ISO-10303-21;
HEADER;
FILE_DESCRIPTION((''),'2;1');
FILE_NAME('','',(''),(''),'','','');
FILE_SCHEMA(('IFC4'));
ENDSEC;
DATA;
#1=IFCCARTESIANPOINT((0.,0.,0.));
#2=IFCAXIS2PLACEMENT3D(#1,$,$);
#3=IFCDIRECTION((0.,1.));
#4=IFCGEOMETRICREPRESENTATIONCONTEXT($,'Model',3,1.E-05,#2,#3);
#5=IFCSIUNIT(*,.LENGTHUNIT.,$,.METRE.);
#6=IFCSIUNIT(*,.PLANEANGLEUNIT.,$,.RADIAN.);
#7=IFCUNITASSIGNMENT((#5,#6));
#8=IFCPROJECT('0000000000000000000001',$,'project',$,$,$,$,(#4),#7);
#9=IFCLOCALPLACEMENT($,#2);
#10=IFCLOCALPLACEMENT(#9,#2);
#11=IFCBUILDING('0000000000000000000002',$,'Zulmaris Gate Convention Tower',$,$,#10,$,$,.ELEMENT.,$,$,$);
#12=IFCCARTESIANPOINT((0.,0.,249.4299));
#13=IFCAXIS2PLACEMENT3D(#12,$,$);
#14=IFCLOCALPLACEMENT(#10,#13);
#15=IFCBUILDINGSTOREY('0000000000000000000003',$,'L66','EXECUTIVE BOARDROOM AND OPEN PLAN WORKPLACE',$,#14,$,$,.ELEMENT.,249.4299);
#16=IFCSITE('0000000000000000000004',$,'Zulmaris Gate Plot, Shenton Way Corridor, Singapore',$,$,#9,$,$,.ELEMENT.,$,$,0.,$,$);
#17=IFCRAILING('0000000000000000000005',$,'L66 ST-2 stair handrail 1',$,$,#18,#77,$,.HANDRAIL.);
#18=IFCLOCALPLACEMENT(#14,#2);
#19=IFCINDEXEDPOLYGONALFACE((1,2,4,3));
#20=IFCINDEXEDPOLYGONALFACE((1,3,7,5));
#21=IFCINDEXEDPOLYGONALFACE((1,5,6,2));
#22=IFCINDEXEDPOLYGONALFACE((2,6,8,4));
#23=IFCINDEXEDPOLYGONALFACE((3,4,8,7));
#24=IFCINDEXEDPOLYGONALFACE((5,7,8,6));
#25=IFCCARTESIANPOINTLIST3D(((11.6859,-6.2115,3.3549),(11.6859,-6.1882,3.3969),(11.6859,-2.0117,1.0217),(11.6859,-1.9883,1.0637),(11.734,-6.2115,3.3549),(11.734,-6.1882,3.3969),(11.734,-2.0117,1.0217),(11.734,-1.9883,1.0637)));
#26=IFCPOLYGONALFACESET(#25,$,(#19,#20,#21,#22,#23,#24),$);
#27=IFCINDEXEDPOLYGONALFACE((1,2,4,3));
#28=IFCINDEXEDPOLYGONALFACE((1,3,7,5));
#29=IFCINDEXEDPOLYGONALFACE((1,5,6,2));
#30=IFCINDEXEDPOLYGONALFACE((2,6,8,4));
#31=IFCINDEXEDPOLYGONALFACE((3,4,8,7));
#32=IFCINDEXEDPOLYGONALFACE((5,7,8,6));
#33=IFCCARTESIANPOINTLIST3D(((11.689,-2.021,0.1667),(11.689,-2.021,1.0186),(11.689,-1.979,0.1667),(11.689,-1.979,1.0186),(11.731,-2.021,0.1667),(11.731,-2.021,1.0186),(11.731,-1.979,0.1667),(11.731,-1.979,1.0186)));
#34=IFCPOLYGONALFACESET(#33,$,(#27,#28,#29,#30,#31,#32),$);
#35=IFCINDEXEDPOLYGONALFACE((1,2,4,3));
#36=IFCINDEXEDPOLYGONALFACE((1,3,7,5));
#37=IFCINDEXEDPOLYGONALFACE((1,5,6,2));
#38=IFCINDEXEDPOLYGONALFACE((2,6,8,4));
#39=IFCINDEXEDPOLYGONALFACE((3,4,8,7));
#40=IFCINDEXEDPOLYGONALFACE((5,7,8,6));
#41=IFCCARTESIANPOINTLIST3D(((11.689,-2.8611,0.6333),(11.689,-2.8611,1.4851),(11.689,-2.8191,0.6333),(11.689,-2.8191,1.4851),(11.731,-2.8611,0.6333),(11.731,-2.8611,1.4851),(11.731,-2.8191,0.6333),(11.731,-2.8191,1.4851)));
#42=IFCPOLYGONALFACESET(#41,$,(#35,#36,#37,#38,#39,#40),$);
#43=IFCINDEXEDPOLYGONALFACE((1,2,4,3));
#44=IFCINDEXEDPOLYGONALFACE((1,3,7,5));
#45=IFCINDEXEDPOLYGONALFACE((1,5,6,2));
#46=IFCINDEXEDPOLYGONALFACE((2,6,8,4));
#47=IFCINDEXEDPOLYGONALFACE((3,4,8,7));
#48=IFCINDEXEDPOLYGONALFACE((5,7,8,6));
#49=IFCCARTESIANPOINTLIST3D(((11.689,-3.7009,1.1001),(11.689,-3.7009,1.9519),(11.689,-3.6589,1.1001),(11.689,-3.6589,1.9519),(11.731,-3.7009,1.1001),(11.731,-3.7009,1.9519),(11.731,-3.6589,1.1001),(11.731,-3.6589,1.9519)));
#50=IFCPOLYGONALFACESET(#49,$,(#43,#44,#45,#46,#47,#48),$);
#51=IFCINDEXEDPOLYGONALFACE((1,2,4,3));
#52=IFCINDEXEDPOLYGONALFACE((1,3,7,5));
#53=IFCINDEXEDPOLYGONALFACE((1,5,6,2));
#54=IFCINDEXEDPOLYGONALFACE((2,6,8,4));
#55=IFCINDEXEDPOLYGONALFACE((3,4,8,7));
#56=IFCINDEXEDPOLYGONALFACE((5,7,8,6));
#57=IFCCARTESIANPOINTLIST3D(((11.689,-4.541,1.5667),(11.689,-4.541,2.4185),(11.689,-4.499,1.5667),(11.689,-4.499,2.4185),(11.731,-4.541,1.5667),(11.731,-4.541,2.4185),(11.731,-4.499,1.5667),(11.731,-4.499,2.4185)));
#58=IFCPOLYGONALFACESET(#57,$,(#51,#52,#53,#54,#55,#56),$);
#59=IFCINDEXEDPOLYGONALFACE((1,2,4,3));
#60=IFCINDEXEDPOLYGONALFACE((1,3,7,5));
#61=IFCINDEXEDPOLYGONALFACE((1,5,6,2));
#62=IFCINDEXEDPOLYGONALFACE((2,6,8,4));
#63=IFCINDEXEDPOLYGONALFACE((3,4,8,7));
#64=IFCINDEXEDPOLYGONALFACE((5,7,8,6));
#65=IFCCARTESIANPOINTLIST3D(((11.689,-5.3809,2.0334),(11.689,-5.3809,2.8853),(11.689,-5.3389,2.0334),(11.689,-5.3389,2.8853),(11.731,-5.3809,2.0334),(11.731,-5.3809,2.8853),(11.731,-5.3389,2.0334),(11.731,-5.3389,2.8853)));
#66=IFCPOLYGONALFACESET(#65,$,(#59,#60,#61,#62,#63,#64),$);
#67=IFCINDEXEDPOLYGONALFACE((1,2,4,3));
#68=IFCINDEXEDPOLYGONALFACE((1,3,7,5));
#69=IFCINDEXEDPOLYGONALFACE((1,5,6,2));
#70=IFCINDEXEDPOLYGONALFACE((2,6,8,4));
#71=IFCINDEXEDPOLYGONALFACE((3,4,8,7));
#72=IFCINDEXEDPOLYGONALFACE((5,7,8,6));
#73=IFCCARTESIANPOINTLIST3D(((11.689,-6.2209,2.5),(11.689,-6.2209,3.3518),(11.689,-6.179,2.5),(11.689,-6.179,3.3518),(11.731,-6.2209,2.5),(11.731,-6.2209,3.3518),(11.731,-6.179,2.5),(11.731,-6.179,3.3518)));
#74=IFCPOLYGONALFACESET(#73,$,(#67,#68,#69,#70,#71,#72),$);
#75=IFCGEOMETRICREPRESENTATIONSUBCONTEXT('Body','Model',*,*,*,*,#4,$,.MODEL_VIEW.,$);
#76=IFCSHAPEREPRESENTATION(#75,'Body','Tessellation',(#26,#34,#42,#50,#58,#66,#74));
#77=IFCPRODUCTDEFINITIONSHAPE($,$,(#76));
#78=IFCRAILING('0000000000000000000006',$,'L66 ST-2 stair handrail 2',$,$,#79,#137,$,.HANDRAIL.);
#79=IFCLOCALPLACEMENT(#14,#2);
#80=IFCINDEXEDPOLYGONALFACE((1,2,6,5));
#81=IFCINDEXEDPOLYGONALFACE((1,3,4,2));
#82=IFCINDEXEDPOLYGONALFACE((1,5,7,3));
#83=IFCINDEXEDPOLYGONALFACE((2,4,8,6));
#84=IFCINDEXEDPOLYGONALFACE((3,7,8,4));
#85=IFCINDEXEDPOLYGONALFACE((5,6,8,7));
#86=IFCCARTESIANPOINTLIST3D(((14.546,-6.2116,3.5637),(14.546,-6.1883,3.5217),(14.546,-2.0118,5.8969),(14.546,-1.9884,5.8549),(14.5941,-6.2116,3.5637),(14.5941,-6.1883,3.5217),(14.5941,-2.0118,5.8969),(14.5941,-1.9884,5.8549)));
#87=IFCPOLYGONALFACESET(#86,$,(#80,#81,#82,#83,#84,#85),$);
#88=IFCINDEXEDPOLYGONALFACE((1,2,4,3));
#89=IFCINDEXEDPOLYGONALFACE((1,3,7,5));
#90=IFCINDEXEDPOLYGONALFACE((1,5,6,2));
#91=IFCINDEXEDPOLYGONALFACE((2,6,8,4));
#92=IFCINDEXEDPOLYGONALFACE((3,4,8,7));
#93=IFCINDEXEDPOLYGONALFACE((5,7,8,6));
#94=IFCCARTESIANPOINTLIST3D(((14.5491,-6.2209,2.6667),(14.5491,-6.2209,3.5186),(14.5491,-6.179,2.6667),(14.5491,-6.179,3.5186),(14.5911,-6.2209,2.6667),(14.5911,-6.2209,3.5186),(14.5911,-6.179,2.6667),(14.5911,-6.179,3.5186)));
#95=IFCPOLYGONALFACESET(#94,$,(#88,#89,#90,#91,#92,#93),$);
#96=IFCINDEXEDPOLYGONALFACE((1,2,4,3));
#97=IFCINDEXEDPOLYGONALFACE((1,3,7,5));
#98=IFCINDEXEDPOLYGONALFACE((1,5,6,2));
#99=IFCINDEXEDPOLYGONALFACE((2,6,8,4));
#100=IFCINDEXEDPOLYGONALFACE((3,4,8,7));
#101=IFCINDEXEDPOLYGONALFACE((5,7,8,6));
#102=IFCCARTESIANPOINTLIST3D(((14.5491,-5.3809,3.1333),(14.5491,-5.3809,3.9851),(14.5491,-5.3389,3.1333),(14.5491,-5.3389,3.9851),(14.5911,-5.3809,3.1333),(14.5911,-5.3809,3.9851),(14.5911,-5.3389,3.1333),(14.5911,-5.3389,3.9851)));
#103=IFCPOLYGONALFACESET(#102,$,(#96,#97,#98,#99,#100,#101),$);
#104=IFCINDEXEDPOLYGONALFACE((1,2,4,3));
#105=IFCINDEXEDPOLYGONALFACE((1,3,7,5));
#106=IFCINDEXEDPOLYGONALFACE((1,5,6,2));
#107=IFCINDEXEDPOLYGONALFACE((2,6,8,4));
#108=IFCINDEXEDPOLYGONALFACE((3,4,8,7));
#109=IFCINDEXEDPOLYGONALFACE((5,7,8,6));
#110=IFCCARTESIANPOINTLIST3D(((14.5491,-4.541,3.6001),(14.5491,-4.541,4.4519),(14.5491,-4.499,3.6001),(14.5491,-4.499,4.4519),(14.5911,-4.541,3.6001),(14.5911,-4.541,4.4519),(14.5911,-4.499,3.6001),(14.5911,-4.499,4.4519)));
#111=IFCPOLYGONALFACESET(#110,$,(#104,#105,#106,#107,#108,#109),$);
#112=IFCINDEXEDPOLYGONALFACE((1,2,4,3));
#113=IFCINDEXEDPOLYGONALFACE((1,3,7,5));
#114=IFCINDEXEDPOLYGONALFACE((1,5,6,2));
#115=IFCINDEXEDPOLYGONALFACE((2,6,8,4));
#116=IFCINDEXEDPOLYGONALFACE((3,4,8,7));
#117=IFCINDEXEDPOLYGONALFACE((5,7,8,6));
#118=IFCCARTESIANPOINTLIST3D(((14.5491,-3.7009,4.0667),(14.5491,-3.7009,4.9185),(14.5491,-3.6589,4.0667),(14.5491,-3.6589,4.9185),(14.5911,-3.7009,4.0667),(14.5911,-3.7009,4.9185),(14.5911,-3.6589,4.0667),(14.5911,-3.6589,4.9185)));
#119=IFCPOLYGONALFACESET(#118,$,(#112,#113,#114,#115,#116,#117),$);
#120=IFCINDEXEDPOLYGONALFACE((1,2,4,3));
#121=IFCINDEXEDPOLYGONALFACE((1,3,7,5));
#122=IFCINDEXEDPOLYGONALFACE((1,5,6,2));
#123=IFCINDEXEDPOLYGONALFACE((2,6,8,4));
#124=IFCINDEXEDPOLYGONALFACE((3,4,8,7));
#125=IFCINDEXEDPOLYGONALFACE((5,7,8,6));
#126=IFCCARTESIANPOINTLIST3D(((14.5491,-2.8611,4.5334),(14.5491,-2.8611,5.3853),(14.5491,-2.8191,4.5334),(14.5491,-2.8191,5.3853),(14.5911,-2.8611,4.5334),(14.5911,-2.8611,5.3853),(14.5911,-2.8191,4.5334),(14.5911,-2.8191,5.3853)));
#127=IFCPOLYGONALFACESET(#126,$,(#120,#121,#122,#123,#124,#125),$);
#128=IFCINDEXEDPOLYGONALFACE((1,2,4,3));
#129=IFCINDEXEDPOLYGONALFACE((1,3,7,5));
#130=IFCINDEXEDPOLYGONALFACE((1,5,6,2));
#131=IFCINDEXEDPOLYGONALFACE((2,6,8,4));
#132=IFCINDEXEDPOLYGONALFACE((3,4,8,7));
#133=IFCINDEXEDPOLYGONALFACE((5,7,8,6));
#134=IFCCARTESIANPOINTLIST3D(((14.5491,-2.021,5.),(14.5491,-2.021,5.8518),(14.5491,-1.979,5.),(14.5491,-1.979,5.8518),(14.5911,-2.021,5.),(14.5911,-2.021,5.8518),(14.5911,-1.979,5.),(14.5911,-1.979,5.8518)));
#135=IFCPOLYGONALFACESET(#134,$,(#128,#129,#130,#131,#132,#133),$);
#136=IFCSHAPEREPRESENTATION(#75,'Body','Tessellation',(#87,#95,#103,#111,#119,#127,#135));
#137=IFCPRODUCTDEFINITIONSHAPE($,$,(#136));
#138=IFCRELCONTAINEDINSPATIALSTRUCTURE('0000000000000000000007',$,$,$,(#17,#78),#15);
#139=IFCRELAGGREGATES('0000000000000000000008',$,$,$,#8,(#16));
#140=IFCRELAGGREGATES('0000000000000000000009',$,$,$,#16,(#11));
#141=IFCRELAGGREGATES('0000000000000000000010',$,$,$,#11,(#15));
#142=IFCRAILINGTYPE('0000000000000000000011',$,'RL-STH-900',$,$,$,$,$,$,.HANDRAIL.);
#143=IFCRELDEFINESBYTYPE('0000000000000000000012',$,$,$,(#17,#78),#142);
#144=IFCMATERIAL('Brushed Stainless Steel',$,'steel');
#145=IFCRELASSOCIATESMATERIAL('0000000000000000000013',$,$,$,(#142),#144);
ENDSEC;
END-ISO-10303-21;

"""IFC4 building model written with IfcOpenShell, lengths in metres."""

from ifc_helpers import new_model, si_unit, direction, frame, origin, origin_2d, place, context, subcontext, project, spatial, rectangle, extrude, material, type_object, element, save


model = new_model("IFC4")

# Units and contexts
model_context = context("Model", 3, precision=1e-05, world=origin(), true_north=direction((0.0, 1.0)))
body_context = subcontext(model_context, "Body", "Model", "MODEL_VIEW")
ifc_project = project(units=[si_unit("LENGTHUNIT", "METRE"), si_unit("PLANEANGLEUNIT", "RADIAN")], contexts=[model_context])

# Site, building, storey
site_placement = place(None, origin())
site = spatial("IfcSite", under=ifc_project, at=site_placement, Name="Zulmaris Gate Plot, Shenton Way Corridor, Singapore", CompositionType="ELEMENT", RefElevation=0.0)
building_placement = place(site_placement, origin())
building = spatial("IfcBuilding", under=site, at=building_placement, Name="Zulmaris Gate Convention Tower", CompositionType="ELEMENT")
storey_placement = place(building_placement, frame((0.0, 0.0, 249.4299)))
storey = spatial("IfcBuildingStorey", under=building, at=storey_placement, Name="L66", Description="EXECUTIVE BOARDROOM AND OPEN PLAN WORKPLACE", CompositionType="ELEMENT", Elevation=249.4299)

# Railings
ifc_material_1 = material(Name="Brushed Stainless Steel", Category="steel")
railing_type_1 = type_object("IfcRailingType", Name="RL-STH-900", PredefinedType="HANDRAIL", material=ifc_material_1)
railing_1_placement = place(storey_placement, frame((11.71, -2.0, 0.1667)))
element("IfcRailing", 1, at=railing_1_placement, inside=storey, type_object=railing_type_1, Name="L66 ST-2 stair handrail 1", PredefinedType="HANDRAIL", context=body_context, shape_type="SweptSolid", body=[
    extrude(rectangle(XDim=0.0481, YDim=0.0481, at=origin_2d()), frame((0.0, 0.0, 0.876), z_axis=(0.0, -0.874162, 0.485634), x_axis=(1.0, 0.0, 0.0)), (0.0, 0.0, 1.0), 4.8044),
    extrude(rectangle(XDim=0.042, YDim=0.042, at=origin_2d()), origin(), (0.0, 0.0, 1.0), 0.8518),
    extrude(rectangle(XDim=0.042, YDim=0.042, at=origin_2d()), frame((0.0, -0.8401, 0.4666)), (0.0, 0.0, 1.0), 0.8518),
    extrude(rectangle(XDim=0.042, YDim=0.042, at=origin_2d()), frame((0.0, -1.6799, 0.9333)), (0.0, 0.0, 1.0), 0.8518),
    extrude(rectangle(XDim=0.042, YDim=0.042, at=origin_2d()), frame((0.0, -2.52, 1.3999)), (0.0, 0.0, 1.0), 0.8518),
    extrude(rectangle(XDim=0.042, YDim=0.042, at=origin_2d()), frame((0.0, -3.3599, 1.8667)), (0.0, 0.0, 1.0), 0.8518),
    extrude(rectangle(XDim=0.042, YDim=0.042, at=origin_2d()), frame((0.0, -4.2, 2.3333)), (0.0, 0.0, 1.0), 0.8518),
])
railing_2_placement = place(storey_placement, frame((14.5701, -6.2, 2.6667)))
element("IfcRailing", 2, at=railing_2_placement, inside=storey, type_object=railing_type_1, Name="L66 ST-2 stair handrail 2", PredefinedType="HANDRAIL", context=body_context, shape_type="SweptSolid", body=[
    extrude(rectangle(XDim=0.0481, YDim=0.0481, at=origin_2d()), frame((0.0, 0.0, 0.876), z_axis=(0.0, 0.874162, 0.485634), x_axis=(-1.0, 0.0, 0.0)), (0.0, 0.0, 1.0), 4.8044),
    extrude(rectangle(XDim=0.042, YDim=0.042, at=origin_2d()), origin(), (0.0, 0.0, 1.0), 0.8518),
    extrude(rectangle(XDim=0.042, YDim=0.042, at=origin_2d()), frame((0.0, 0.8401, 0.4666)), (0.0, 0.0, 1.0), 0.8518),
    extrude(rectangle(XDim=0.042, YDim=0.042, at=origin_2d()), frame((0.0, 1.6799, 0.9333)), (0.0, 0.0, 1.0), 0.8518),
    extrude(rectangle(XDim=0.042, YDim=0.042, at=origin_2d()), frame((0.0, 2.52, 1.3999)), (0.0, 0.0, 1.0), 0.8518),
    extrude(rectangle(XDim=0.042, YDim=0.042, at=origin_2d()), frame((0.0, 3.3599, 1.8667)), (0.0, 0.0, 1.0), 0.8518),
    extrude(rectangle(XDim=0.042, YDim=0.042, at=origin_2d()), frame((0.0, 4.2, 2.3333)), (0.0, 0.0, 1.0), 0.8518),
])

save(model, "model.ifc")
